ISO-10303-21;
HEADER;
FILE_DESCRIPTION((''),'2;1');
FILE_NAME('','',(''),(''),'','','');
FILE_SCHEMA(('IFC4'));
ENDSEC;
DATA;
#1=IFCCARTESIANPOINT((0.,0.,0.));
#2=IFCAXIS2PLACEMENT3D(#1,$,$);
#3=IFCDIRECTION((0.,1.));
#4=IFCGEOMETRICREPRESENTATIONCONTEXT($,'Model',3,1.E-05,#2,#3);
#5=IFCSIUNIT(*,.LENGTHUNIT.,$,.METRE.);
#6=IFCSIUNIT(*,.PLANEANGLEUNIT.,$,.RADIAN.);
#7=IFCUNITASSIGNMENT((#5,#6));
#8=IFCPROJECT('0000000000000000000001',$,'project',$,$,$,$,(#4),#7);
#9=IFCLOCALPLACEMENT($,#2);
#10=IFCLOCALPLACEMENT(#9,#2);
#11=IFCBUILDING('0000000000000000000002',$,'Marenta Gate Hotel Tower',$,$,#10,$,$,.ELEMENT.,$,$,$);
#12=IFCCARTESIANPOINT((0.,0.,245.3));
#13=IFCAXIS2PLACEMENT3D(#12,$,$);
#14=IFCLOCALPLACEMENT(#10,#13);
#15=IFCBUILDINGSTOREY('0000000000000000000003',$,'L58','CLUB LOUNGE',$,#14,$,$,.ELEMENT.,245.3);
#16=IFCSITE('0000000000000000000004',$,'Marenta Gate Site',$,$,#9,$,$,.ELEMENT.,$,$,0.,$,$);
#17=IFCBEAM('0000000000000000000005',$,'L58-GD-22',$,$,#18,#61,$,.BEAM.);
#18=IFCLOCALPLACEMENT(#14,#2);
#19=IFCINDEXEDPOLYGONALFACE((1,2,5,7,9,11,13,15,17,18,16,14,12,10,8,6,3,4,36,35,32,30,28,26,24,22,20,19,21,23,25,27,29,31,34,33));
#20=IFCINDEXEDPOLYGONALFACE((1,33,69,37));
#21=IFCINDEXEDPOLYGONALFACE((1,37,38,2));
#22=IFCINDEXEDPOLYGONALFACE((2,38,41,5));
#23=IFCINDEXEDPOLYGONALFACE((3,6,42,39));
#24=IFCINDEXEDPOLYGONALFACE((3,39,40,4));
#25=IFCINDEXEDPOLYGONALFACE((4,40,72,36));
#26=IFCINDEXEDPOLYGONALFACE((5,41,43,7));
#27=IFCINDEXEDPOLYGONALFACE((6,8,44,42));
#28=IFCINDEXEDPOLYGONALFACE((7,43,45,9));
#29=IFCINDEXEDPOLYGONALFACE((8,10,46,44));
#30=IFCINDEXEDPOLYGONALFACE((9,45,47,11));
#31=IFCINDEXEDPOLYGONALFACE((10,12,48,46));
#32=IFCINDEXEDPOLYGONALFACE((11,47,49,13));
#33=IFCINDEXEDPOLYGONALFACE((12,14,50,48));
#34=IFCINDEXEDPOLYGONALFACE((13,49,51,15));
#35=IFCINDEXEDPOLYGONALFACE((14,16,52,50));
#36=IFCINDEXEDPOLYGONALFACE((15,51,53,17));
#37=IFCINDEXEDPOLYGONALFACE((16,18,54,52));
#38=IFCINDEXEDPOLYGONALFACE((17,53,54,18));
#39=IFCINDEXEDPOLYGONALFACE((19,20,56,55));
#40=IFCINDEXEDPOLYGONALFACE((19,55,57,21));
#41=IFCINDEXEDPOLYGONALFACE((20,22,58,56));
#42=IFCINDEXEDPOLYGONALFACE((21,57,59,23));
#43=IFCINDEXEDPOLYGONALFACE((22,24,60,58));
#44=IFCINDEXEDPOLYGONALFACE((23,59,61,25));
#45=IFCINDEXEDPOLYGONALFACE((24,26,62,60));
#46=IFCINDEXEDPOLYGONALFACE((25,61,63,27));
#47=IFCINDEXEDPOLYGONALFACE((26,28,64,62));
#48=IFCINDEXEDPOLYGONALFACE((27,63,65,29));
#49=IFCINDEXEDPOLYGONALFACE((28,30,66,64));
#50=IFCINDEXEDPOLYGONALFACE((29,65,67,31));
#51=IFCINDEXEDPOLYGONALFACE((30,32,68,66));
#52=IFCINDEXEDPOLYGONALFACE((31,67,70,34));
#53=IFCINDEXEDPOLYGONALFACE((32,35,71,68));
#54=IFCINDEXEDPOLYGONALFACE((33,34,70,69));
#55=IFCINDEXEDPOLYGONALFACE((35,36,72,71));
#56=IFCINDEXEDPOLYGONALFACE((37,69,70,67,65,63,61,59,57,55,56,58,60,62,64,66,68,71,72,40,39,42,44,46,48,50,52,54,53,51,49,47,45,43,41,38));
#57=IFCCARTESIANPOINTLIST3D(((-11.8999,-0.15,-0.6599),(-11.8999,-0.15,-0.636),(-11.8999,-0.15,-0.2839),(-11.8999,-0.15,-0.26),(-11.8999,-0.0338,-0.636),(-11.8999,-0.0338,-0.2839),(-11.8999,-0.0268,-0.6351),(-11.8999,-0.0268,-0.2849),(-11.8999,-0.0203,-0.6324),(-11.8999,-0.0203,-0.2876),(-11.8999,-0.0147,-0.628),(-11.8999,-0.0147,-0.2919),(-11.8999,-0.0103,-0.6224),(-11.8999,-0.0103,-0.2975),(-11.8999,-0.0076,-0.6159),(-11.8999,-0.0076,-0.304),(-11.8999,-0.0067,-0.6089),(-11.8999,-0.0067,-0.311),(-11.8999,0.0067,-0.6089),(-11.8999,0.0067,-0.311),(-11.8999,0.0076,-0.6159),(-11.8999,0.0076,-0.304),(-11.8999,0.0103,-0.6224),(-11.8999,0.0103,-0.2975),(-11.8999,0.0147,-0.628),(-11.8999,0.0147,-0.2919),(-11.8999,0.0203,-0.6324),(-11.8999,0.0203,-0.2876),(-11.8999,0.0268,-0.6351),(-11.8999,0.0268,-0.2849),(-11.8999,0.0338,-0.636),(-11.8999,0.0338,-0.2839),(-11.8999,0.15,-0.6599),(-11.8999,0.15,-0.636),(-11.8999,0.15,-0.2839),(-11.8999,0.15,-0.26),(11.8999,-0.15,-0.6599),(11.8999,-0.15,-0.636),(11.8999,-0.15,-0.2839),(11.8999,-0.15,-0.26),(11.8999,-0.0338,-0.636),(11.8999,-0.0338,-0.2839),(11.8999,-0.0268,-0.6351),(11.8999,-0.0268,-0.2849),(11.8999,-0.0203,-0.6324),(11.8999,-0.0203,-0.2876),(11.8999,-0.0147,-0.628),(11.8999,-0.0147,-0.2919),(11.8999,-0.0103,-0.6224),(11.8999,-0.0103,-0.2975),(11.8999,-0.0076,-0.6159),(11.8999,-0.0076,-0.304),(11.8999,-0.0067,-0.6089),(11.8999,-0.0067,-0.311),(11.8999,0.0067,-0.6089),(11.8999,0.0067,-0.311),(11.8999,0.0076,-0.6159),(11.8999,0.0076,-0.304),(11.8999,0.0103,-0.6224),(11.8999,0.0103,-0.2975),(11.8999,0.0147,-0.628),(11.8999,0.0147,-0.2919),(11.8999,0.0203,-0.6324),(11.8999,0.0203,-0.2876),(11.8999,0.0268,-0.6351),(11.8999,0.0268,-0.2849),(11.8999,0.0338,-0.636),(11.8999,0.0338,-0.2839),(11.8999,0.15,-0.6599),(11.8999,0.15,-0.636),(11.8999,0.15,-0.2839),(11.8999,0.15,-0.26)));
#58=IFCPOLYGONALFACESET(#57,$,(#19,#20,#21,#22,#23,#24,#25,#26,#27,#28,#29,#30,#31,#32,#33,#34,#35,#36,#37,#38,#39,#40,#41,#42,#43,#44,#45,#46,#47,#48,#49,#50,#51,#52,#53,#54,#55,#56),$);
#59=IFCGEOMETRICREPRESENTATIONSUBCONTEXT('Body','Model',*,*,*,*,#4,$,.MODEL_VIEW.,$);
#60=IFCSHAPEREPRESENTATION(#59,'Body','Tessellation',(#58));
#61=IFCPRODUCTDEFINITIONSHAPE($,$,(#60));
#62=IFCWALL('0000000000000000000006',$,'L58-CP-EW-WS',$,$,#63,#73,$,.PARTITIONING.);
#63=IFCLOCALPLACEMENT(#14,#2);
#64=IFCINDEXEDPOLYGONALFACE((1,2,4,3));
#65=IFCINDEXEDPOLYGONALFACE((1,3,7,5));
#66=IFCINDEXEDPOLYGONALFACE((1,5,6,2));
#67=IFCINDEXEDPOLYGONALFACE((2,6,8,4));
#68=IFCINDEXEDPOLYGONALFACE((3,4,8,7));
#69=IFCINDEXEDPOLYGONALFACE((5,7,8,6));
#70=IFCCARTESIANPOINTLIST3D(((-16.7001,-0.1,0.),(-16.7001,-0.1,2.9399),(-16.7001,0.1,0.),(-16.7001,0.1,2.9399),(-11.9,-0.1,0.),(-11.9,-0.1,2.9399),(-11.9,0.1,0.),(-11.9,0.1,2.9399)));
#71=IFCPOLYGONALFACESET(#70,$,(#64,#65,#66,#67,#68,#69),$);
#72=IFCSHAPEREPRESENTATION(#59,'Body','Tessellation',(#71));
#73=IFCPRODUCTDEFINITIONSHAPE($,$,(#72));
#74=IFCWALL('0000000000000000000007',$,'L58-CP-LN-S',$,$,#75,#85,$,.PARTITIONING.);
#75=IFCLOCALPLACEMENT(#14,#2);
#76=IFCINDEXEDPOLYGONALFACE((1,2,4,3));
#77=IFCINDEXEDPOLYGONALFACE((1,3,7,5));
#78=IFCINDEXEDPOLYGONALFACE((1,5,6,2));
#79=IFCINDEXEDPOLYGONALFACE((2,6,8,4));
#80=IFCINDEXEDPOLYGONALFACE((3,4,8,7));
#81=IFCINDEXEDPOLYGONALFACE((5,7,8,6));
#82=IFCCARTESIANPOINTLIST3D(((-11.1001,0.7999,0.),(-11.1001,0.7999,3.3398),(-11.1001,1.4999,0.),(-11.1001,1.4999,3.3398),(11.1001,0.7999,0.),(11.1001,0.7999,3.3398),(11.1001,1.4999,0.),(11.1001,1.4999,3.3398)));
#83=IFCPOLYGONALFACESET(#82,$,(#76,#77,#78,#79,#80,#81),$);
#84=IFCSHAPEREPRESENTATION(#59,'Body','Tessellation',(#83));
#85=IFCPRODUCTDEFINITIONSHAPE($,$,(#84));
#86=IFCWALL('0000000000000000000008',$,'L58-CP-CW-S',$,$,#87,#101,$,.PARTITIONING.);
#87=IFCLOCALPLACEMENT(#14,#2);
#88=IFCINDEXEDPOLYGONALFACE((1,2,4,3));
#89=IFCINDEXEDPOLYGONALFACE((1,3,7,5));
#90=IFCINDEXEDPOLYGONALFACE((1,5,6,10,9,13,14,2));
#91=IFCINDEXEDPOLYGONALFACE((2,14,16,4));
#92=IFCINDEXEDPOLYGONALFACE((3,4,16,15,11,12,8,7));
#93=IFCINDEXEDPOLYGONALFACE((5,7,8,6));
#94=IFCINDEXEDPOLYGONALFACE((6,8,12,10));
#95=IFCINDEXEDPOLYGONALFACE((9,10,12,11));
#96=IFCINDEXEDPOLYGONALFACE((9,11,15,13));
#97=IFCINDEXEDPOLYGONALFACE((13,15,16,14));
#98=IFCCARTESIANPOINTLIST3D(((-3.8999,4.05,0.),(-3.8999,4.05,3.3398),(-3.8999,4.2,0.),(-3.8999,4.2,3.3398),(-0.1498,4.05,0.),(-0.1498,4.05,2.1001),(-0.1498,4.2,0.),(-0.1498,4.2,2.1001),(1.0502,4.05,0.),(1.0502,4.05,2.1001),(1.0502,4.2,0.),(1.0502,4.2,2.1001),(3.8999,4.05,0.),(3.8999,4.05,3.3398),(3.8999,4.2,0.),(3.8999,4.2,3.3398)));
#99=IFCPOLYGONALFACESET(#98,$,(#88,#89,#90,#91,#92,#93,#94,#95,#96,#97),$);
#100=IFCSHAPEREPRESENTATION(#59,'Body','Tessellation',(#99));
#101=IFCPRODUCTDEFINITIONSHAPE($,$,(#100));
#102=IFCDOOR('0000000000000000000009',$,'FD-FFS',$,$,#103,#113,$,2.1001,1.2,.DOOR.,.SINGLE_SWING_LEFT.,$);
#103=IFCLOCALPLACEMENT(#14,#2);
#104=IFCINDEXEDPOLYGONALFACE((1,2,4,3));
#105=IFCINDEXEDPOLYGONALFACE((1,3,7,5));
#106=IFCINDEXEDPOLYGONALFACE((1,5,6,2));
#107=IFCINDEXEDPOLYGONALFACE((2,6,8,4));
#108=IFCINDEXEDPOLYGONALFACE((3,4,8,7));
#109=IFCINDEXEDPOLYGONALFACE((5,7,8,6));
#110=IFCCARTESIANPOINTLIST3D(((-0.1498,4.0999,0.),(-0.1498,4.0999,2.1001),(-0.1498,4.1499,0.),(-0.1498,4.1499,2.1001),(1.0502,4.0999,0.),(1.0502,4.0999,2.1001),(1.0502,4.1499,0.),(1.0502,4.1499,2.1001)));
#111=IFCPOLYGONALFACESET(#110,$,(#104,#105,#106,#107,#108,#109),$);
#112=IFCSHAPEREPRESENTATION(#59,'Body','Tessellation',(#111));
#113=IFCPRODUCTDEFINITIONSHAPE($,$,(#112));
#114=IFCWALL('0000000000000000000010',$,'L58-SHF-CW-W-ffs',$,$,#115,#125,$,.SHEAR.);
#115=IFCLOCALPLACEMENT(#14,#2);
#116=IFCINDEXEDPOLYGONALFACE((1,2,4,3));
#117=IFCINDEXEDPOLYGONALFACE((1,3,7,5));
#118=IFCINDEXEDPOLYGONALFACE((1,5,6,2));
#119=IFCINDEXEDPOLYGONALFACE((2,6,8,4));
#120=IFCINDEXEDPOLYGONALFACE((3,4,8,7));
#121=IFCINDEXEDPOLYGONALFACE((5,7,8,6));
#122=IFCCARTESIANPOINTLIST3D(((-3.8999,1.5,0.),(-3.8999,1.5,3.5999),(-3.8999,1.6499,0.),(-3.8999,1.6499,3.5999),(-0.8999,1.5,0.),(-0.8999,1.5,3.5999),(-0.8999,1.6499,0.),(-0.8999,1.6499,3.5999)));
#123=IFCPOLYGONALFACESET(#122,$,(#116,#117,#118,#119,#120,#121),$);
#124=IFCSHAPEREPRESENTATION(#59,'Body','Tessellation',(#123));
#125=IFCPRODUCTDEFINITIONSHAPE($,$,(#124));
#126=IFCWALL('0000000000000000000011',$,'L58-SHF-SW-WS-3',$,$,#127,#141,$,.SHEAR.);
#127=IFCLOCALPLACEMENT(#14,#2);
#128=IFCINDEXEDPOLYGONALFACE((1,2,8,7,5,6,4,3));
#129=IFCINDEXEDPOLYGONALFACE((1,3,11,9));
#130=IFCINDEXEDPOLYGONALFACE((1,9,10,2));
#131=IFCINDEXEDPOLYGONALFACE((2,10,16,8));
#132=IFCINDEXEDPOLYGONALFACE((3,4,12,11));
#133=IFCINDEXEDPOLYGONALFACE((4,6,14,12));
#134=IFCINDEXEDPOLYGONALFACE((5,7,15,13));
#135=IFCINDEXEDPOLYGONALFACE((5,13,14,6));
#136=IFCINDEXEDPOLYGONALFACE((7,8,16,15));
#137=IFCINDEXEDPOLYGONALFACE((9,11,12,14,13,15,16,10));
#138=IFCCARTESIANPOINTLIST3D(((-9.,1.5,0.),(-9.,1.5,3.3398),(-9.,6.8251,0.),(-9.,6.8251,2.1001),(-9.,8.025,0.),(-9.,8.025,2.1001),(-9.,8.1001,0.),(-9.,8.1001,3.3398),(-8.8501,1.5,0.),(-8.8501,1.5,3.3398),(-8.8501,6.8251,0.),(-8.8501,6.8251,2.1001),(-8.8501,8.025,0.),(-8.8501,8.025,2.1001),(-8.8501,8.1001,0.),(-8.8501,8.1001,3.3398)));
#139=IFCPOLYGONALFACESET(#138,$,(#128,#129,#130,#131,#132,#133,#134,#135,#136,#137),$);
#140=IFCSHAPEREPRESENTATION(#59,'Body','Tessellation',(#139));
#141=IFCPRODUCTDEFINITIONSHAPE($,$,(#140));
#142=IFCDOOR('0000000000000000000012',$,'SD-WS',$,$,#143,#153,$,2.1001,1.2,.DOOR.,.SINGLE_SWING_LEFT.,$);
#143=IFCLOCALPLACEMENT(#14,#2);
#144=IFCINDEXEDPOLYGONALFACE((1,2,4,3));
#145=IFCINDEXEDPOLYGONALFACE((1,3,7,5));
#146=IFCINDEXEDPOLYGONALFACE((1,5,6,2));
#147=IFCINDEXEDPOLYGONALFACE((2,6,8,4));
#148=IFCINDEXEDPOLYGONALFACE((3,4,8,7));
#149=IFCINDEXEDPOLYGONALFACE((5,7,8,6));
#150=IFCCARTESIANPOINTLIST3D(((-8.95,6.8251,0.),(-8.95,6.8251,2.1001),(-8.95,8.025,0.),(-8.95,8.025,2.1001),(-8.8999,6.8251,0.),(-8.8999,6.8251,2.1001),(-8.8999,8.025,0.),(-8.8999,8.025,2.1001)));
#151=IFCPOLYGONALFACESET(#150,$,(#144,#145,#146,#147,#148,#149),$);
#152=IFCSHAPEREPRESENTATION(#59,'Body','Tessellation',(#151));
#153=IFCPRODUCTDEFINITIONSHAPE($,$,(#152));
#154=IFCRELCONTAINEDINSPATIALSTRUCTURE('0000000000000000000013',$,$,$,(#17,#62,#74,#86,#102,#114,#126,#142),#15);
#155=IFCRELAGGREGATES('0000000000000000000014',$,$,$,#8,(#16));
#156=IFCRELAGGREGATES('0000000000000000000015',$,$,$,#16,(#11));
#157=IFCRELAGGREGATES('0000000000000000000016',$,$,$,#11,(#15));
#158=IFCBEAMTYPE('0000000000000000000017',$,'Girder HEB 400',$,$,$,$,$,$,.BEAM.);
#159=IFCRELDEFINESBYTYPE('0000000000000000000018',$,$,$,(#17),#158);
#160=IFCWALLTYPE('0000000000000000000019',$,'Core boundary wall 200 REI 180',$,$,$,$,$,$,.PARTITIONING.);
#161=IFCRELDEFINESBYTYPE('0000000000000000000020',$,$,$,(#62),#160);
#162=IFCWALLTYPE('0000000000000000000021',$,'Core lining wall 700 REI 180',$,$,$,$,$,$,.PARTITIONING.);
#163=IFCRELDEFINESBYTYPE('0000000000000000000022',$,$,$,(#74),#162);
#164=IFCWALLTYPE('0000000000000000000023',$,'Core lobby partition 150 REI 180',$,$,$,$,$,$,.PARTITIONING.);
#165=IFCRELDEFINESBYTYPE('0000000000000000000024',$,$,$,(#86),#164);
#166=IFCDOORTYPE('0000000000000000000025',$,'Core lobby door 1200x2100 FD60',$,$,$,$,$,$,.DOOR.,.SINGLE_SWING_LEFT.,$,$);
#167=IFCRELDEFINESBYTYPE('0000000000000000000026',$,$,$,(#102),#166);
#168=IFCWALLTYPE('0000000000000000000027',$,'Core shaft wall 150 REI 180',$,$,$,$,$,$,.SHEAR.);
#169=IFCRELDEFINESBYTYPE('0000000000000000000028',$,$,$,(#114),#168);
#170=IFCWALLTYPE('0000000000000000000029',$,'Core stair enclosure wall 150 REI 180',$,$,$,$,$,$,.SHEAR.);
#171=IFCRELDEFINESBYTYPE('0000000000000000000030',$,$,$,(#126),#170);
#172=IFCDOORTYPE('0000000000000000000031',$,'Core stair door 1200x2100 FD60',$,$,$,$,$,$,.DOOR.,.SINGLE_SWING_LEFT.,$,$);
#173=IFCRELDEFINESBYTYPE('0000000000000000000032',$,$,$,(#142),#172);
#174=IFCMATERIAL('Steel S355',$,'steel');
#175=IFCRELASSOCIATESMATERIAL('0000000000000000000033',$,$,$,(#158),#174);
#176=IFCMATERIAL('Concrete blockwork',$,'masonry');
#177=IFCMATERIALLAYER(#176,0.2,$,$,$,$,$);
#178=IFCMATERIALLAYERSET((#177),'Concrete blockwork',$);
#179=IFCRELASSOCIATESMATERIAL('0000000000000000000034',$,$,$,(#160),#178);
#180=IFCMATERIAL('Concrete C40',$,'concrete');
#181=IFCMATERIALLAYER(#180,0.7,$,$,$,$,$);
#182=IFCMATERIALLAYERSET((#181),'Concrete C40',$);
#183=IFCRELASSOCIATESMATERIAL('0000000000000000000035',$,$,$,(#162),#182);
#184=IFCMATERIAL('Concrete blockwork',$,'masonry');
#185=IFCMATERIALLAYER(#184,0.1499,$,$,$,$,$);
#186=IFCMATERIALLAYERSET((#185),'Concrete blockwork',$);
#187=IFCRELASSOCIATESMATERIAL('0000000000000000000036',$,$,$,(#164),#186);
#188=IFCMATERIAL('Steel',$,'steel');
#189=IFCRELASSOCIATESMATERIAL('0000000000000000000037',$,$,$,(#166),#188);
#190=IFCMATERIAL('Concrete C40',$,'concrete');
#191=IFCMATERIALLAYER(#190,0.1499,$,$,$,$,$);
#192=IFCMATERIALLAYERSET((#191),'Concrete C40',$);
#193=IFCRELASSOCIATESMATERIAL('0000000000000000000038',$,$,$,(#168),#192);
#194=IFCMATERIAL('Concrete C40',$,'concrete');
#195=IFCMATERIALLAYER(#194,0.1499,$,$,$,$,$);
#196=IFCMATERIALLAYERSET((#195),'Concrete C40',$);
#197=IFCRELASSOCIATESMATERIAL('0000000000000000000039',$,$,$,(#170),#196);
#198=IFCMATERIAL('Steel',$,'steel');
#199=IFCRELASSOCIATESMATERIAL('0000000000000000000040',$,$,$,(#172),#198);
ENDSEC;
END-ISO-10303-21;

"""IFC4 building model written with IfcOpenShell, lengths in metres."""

from ifc_helpers import new_model, si_unit, direction, frame, frame_2d, origin, origin_2d, place, context, subcontext, project, spatial, rectangle, i_section, extrude, material, layer, layer_set, material_profile, profile_set, type_object, element, fill, save


model = new_model("IFC4")

# Units and contexts
model_context = context("Model", 3, precision=1e-05, world=origin(), true_north=direction((0.0, 1.0)))
body_context = subcontext(model_context, "Body", "Model", "MODEL_VIEW")
ifc_project = project(units=[si_unit("LENGTHUNIT", "METRE"), si_unit("PLANEANGLEUNIT", "RADIAN")], contexts=[model_context])

# Site, building, storey
site_placement = place(None, origin())
site = spatial("IfcSite", under=ifc_project, at=site_placement, Name="Marenta Gate Site", CompositionType="ELEMENT", RefElevation=0.0)
building_placement = place(site_placement, origin())
building = spatial("IfcBuilding", under=site, at=building_placement, Name="Marenta Gate Hotel Tower", CompositionType="ELEMENT")
storey_placement = place(building_placement, frame((0.0, 0.0, 245.3)))
storey = spatial("IfcBuildingStorey", under=building, at=storey_placement, Name="L58", Description="CLUB LOUNGE", CompositionType="ELEMENT", Elevation=245.3)

# Beam
ifc_material_1 = material(Name="Steel S355", Category="steel")
ifc_material_profile = material_profile(ifc_material_1, i_section(OverallWidth=0.3, OverallDepth=0.3999, WebThickness=0.0134, FlangeThickness=0.0239, FilletRadius=0.0271, at=origin_2d()), Name="HEB 400")
ifc_profile_set = profile_set([ifc_material_profile], Name="Steel S355")
beam_type = type_object("IfcBeamType", Name="Girder HEB 400", PredefinedType="BEAM", material=ifc_profile_set)
beam_placement = place(storey_placement, frame((-11.8999, 0.0, -0.46), z_axis=(1.0, 0.0, 0.0), x_axis=(0.0, 1.0, 0.0)))
element("IfcBeam", 1, at=beam_placement, inside=storey, type_object=beam_type, Name="L58-GD-22", PredefinedType="BEAM", context=body_context, shape_type="SweptSolid", body=[
    extrude(i_section(OverallWidth=0.3, OverallDepth=0.3999, WebThickness=0.0134, FlangeThickness=0.0239, FilletRadius=0.0271, at=origin_2d()), origin(), (0.0, 0.0, 1.0), 23.7998),
])

# Shared definitions
ifc_material_2 = material(Name="Concrete blockwork", Category="masonry")
ifc_layer_1 = layer(ifc_material_2, 0.2)
ifc_layer_set_1 = layer_set([ifc_layer_1], Name="Concrete blockwork")
wall_type_1 = type_object("IfcWallType", Name="Core boundary wall 200 REI 180", PredefinedType="PARTITIONING", material=ifc_layer_set_1)

# Walls
wall_1_placement = place(storey_placement, frame((-16.7, 0.0, 0.0), z_axis=(0.0, 0.0, 1.0), x_axis=(1.0, 0.0, 0.0)))
element("IfcWall", 2, at=wall_1_placement, inside=storey, type_object=wall_type_1, Name="L58-CP-EW-WS", PredefinedType="PARTITIONING", context=body_context, shape_type="SweptSolid", body=[
    extrude(rectangle(XDim=4.8, YDim=0.2, at=frame_2d((2.3999, 0.0))), origin(), (0.0, 0.0, 1.0), 2.9399),
])
ifc_material_3 = material(Name="Concrete C40", Category="concrete")
ifc_layer_2 = layer(ifc_material_3, 0.7)
ifc_layer_set_2 = layer_set([ifc_layer_2], Name="Concrete C40")
wall_type_2 = type_object("IfcWallType", Name="Core lining wall 700 REI 180", PredefinedType="PARTITIONING", material=ifc_layer_set_2)
wall_2_placement = place(storey_placement, frame((-11.1001, 1.1499, 0.0), z_axis=(0.0, 0.0, 1.0), x_axis=(1.0, 0.0, 0.0)))
element("IfcWall", 3, at=wall_2_placement, inside=storey, type_object=wall_type_2, Name="L58-CP-LN-S", PredefinedType="PARTITIONING", context=body_context, shape_type="SweptSolid", body=[
    extrude(rectangle(XDim=22.2002, YDim=0.7, at=frame_2d((11.1001, 0.0))), origin(), (0.0, 0.0, 1.0), 3.3398),
])

# Wall, opening, door
ifc_material_4 = material(Name="Concrete blockwork", Category="masonry")
ifc_layer_3 = layer(ifc_material_4, 0.1499)
ifc_layer_set_3 = layer_set([ifc_layer_3], Name="Concrete blockwork")
wall_type_3 = type_object("IfcWallType", Name="Core lobby partition 150 REI 180", PredefinedType="PARTITIONING", material=ifc_layer_set_3)
wall_3_placement = place(storey_placement, frame((-3.8999, 4.125, 0.0), z_axis=(0.0, 0.0, 1.0), x_axis=(1.0, 0.0, 0.0)))
wall_3 = element("IfcWall", 4, at=wall_3_placement, inside=storey, type_object=wall_type_3, Name="L58-CP-CW-S", PredefinedType="PARTITIONING", context=body_context, shape_type="SweptSolid", body=[
    extrude(rectangle(XDim=7.7998, YDim=0.1499, at=frame_2d((3.8999, 0.0))), origin(), (0.0, 0.0, 1.0), 3.3398),
])
opening_1_placement = place(wall_3_placement, frame((3.75, 0.0, 0.0)))
opening_1 = element("IfcOpeningElement", 5, at=opening_1_placement, cuts=wall_3, PredefinedType="OPENING", context=body_context, shape_type="SweptSolid", body=[
    extrude(rectangle(XDim=1.2, YDim=2.1001, at=frame_2d((0.6001, 1.05))), frame((0.0, 0.075, 0.0), z_axis=(0.0, -1.0, 0.0), x_axis=(1.0, 0.0, 0.0)), (0.0, 0.0, 1.0), 0.1499),
])
ifc_material_5 = material(Name="Steel", Category="steel")
door_type_1 = type_object("IfcDoorType", Name="Core lobby door 1200x2100 FD60", OperationType="SINGLE_SWING_LEFT", PredefinedType="DOOR", material=ifc_material_5)
door_1_placement = place(opening_1_placement, origin())
door_1 = element("IfcDoor", 6, at=door_1_placement, inside=storey, type_object=door_type_1, Name="FD-FFS", OperationType="SINGLE_SWING_LEFT", OverallHeight=2.1001, OverallWidth=1.2, PredefinedType="DOOR", context=body_context, shape_type="SweptSolid", body=[
    extrude(rectangle(XDim=1.2, YDim=2.1001, at=frame_2d((0.6001, 1.05))), frame((0.0, 0.0249, 0.0), z_axis=(0.0, -1.0, 0.0), x_axis=(1.0, 0.0, 0.0)), (0.0, 0.0, 1.0), 0.05),
])
fill(opening_1, door_1)

# Wall
ifc_material_6 = material(Name="Concrete C40", Category="concrete")
ifc_layer_4 = layer(ifc_material_6, 0.1499)
ifc_layer_set_4 = layer_set([ifc_layer_4], Name="Concrete C40")
wall_type_4 = type_object("IfcWallType", Name="Core shaft wall 150 REI 180", PredefinedType="SHEAR", material=ifc_layer_set_4)
wall_4_placement = place(storey_placement, frame((-3.8999, 1.575, 0.0), z_axis=(0.0, 0.0, 1.0), x_axis=(1.0, 0.0, 0.0)))
element("IfcWall", 7, at=wall_4_placement, inside=storey, type_object=wall_type_4, Name="L58-SHF-CW-W-ffs", PredefinedType="SHEAR", context=body_context, shape_type="SweptSolid", body=[
    extrude(rectangle(XDim=3.0, YDim=0.1499, at=frame_2d((1.5, 0.0))), origin(), (0.0, 0.0, 1.0), 3.5999),
])

# Wall, opening, door
ifc_material_7 = material(Name="Concrete C40", Category="concrete")
ifc_layer_5 = layer(ifc_material_7, 0.1499)
ifc_layer_set_5 = layer_set([ifc_layer_5], Name="Concrete C40")
wall_type_5 = type_object("IfcWallType", Name="Core stair enclosure wall 150 REI 180", PredefinedType="SHEAR", material=ifc_layer_set_5)
wall_5_placement = place(storey_placement, frame((-8.925, 1.5, 0.0), z_axis=(0.0, 0.0, 1.0), x_axis=(0.0, 1.0, 0.0)))
wall_5 = element("IfcWall", 8, at=wall_5_placement, inside=storey, type_object=wall_type_5, Name="L58-SHF-SW-WS-3", PredefinedType="SHEAR", context=body_context, shape_type="SweptSolid", body=[
    extrude(rectangle(XDim=6.6001, YDim=0.1499, at=frame_2d((3.3, 0.0))), origin(), (0.0, 0.0, 1.0), 3.3398),
])
opening_2_placement = place(wall_5_placement, frame((5.325, 0.0, 0.0)))
opening_2 = element("IfcOpeningElement", 9, at=opening_2_placement, cuts=wall_5, PredefinedType="OPENING", context=body_context, shape_type="SweptSolid", body=[
    extrude(rectangle(XDim=1.2, YDim=2.1001, at=frame_2d((0.6001, 1.05))), frame((0.0, 0.075, 0.0), z_axis=(0.0, -1.0, 0.0), x_axis=(1.0, 0.0, 0.0)), (0.0, 0.0, 1.0), 0.1499),
])
ifc_material_8 = material(Name="Steel", Category="steel")
door_type_2 = type_object("IfcDoorType", Name="Core stair door 1200x2100 FD60", OperationType="SINGLE_SWING_LEFT", PredefinedType="DOOR", material=ifc_material_8)
door_2_placement = place(opening_2_placement, origin())
door_2 = element("IfcDoor", 10, at=door_2_placement, inside=storey, type_object=door_type_2, Name="SD-WS", OperationType="SINGLE_SWING_LEFT", OverallHeight=2.1001, OverallWidth=1.2, PredefinedType="DOOR", context=body_context, shape_type="SweptSolid", body=[
    extrude(rectangle(XDim=1.2, YDim=2.1001, at=frame_2d((0.6001, 1.05))), frame((0.0, 0.0249, 0.0), z_axis=(0.0, -1.0, 0.0), x_axis=(1.0, 0.0, 0.0)), (0.0, 0.0, 1.0), 0.05),
])
fill(opening_2, door_2)

save(model, "model.ifc")
